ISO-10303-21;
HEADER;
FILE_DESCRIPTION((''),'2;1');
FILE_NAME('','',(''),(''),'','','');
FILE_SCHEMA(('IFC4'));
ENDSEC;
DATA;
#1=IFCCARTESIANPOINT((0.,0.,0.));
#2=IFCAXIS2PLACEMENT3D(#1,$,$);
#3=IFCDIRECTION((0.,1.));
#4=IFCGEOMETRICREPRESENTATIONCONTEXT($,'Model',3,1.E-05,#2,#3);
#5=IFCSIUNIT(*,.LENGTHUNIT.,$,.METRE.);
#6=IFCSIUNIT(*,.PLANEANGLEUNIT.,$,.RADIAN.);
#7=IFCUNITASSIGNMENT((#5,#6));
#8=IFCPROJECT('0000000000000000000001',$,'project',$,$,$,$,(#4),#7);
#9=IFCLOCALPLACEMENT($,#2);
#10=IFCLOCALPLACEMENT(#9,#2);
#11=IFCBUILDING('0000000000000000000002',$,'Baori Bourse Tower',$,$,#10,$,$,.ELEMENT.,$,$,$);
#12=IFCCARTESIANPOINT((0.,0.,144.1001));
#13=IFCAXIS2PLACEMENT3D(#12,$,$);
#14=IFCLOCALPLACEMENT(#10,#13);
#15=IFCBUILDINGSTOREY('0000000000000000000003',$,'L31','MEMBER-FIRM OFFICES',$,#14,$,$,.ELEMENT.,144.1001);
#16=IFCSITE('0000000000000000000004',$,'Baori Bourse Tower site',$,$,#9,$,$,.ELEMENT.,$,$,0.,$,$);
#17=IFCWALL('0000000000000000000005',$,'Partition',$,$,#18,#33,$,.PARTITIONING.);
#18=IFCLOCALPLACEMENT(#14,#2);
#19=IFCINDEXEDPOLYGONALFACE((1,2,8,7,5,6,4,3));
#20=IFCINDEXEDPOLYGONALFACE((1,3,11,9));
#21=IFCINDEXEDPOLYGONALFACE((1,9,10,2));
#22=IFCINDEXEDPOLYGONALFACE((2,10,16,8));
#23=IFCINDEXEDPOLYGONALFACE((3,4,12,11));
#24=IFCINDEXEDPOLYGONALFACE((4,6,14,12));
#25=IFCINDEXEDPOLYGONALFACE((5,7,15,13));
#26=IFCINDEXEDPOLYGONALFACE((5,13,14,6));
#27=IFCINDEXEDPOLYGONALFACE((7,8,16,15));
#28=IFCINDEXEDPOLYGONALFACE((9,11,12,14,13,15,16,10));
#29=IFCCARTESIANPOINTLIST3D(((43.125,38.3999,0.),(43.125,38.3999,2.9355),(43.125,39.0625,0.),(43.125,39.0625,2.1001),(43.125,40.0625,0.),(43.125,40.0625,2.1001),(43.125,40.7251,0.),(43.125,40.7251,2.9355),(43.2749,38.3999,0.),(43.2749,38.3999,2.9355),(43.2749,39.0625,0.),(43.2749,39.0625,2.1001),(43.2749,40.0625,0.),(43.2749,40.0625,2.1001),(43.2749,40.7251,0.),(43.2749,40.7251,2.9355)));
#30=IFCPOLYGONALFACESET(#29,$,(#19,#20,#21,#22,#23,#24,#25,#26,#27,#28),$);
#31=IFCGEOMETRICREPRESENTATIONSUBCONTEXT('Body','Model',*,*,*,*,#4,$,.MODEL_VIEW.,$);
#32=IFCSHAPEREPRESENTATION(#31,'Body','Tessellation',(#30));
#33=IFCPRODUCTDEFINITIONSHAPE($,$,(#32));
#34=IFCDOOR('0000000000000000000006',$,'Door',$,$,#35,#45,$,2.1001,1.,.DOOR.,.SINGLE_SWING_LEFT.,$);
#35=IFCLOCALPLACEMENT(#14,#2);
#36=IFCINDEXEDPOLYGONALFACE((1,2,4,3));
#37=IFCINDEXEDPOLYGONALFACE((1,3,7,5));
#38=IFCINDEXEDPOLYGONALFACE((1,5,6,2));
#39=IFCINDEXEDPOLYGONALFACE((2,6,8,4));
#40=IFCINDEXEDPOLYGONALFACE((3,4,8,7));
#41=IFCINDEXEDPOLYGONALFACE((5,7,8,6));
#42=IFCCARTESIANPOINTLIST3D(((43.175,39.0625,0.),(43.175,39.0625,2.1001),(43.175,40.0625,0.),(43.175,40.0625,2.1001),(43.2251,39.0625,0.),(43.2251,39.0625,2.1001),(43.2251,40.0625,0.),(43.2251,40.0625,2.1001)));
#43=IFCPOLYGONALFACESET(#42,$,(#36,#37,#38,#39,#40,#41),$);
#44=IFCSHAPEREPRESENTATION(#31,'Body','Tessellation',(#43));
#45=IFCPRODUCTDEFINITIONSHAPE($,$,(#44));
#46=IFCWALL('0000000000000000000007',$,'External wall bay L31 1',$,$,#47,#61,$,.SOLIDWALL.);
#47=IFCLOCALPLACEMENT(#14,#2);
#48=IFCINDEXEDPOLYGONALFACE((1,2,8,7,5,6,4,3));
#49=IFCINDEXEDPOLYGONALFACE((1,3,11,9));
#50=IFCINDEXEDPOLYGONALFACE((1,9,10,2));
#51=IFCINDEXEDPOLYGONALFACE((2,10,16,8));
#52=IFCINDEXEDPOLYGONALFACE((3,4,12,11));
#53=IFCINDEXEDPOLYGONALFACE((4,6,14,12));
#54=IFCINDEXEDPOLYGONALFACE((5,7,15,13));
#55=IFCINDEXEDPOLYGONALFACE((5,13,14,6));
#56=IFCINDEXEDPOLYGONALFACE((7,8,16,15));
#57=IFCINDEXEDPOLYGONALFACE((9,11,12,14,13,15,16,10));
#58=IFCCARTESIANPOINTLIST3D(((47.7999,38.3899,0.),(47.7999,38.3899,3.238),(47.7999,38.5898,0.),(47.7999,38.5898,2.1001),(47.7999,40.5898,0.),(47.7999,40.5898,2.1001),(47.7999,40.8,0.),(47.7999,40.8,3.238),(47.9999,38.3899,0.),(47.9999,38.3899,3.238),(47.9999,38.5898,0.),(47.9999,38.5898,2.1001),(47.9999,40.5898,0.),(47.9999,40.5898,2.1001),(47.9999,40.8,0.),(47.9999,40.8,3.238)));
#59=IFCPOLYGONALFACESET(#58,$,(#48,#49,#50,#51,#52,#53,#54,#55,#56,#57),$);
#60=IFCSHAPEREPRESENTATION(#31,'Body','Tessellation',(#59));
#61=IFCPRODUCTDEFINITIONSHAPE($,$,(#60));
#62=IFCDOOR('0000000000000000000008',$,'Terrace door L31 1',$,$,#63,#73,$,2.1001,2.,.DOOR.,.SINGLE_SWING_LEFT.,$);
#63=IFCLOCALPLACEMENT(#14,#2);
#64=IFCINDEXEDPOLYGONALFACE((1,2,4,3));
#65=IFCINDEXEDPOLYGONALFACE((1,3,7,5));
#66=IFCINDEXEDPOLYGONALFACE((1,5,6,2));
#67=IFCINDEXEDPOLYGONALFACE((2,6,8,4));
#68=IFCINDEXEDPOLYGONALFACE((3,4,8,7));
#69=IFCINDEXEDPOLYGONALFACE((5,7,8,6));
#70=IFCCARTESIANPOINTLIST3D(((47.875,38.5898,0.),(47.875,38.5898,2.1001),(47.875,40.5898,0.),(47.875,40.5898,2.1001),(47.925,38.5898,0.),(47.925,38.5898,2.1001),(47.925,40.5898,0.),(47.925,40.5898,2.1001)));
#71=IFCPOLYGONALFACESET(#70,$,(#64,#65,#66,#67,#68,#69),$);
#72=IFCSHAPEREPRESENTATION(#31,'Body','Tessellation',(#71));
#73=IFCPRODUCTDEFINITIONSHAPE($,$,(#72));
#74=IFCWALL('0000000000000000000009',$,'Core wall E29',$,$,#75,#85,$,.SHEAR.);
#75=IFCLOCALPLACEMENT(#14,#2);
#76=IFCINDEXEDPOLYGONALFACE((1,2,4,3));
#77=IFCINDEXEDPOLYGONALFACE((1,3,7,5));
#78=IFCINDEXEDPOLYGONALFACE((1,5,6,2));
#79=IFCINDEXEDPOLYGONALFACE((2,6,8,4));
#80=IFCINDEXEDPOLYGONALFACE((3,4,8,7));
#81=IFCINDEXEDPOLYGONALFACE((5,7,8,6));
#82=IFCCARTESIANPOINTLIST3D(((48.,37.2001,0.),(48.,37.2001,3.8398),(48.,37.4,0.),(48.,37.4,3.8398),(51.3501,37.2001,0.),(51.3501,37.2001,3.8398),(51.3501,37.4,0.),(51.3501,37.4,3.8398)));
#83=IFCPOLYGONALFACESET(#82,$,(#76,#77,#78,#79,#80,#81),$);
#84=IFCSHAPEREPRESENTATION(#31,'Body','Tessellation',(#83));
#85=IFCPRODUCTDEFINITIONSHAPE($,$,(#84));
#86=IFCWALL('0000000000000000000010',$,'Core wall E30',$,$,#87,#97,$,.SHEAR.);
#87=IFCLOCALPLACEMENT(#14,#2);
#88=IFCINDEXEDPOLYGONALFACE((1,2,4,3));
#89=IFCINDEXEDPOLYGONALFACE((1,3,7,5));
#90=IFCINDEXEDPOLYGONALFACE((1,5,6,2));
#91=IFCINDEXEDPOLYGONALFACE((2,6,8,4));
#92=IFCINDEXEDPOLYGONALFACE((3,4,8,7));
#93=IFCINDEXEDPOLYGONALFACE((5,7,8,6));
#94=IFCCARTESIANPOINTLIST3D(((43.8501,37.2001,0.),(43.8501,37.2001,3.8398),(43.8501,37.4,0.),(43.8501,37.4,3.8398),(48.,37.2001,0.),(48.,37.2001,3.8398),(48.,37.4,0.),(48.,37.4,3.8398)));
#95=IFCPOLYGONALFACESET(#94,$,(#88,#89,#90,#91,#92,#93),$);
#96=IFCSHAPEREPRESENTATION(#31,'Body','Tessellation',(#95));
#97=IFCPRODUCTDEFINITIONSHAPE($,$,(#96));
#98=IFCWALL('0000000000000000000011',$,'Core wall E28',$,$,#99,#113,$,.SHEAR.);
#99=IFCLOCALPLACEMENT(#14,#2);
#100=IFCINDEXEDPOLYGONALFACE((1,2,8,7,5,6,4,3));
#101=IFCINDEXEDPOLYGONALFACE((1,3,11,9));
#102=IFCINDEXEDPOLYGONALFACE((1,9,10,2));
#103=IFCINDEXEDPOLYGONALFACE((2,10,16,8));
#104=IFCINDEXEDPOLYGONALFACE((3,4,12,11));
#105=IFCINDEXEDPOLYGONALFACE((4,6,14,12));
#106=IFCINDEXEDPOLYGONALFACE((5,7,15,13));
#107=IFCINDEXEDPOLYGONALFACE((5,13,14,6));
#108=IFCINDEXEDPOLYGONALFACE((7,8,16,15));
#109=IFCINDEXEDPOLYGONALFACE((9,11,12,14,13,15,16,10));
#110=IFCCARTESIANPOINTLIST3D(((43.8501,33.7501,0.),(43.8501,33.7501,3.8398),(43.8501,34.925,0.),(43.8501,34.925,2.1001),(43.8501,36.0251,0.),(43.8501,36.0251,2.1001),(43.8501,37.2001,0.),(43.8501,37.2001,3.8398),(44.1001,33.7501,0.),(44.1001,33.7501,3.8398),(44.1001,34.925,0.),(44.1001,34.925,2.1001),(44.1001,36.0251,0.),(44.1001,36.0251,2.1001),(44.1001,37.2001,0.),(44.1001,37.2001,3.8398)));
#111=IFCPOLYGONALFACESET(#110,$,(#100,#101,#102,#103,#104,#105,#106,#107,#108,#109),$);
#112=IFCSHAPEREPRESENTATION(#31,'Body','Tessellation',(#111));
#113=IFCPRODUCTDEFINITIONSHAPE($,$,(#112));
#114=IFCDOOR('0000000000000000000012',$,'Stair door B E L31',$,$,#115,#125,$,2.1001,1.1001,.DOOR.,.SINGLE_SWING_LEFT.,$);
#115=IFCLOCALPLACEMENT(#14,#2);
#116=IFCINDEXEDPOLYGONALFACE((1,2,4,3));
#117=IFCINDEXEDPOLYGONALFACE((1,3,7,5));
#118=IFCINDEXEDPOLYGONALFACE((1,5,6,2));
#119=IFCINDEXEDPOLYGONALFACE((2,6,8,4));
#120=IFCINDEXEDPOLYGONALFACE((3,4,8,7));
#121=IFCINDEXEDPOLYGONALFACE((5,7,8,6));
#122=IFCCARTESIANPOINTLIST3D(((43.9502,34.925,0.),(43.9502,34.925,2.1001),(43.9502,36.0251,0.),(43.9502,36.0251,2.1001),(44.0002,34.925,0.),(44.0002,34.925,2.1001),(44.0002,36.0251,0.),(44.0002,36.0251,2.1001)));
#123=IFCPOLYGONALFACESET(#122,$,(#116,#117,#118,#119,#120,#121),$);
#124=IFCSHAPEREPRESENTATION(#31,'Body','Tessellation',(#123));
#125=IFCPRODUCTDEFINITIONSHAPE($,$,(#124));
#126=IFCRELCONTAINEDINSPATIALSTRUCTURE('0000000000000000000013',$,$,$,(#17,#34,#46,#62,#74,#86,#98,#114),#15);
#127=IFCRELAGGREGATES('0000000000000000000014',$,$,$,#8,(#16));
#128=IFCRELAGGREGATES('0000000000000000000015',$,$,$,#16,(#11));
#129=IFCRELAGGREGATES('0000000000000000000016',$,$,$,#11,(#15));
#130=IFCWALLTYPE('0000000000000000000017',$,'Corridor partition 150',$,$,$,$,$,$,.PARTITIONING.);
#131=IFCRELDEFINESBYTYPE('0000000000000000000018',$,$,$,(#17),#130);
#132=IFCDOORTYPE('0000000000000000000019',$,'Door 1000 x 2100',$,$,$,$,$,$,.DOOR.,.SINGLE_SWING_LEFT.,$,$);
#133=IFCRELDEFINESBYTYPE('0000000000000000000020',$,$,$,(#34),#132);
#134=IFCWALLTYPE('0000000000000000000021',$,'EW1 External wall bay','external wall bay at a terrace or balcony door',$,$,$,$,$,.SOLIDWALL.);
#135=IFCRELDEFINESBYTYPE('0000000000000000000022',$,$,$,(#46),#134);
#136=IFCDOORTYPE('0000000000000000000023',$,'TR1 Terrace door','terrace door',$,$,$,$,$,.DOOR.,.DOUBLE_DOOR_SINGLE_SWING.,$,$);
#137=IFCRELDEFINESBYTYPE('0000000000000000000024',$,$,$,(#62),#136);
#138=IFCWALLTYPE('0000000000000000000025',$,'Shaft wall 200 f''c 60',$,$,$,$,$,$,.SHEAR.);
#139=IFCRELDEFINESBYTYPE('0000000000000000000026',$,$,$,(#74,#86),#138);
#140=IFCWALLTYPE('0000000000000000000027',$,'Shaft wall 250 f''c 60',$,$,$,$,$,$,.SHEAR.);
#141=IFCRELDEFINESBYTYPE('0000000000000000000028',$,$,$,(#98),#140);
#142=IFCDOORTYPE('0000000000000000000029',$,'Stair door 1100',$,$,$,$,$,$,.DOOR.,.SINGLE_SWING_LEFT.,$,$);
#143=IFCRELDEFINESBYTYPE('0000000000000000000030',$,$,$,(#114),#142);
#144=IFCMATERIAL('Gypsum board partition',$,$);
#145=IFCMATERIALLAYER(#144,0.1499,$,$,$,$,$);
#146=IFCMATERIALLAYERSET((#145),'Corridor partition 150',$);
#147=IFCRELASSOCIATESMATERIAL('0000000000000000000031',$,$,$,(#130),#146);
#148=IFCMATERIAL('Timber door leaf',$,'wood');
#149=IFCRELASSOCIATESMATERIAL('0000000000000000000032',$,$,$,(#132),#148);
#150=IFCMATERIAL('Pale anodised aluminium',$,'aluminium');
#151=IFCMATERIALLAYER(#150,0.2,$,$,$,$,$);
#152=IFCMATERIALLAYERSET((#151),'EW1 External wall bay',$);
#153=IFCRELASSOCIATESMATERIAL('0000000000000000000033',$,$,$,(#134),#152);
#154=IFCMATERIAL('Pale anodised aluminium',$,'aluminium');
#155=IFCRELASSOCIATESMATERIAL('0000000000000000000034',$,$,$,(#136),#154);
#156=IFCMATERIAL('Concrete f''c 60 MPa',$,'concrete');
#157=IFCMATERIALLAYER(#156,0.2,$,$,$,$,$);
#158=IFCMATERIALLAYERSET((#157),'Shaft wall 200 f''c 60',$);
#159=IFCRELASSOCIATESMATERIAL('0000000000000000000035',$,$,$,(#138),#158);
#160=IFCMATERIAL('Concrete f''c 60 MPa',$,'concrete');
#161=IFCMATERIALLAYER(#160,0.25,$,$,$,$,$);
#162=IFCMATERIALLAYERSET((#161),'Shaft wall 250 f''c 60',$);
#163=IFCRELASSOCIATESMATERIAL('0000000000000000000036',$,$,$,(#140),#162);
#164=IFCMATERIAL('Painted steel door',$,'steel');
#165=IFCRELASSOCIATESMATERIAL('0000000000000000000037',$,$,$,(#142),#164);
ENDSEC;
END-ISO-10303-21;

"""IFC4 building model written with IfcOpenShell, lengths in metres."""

from ifc_helpers import new_model, si_unit, direction, frame, frame_2d, origin, place, context, subcontext, project, spatial, rectangle, extrude, material, layer, layer_set, type_object, element, fill, save


model = new_model("IFC4")

# Units and contexts
model_context = context("Model", 3, precision=1e-05, world=origin(), true_north=direction((0.0, 1.0)))
body_context = subcontext(model_context, "Body", "Model", "MODEL_VIEW")
ifc_project = project(units=[si_unit("LENGTHUNIT", "METRE"), si_unit("PLANEANGLEUNIT", "RADIAN")], contexts=[model_context])

# Site, building, storey
site_placement = place(None, origin())
site = spatial("IfcSite", under=ifc_project, at=site_placement, Name="Baori Bourse Tower site", CompositionType="ELEMENT", RefElevation=0.0)
building_placement = place(site_placement, origin())
building = spatial("IfcBuilding", under=site, at=building_placement, Name="Baori Bourse Tower", CompositionType="ELEMENT")
storey_placement = place(building_placement, frame((0.0, 0.0, 144.1001)))
storey = spatial("IfcBuildingStorey", under=building, at=storey_placement, Name="L31", Description="MEMBER-FIRM OFFICES", CompositionType="ELEMENT", Elevation=144.1001)

# Walls, openings, doors
ifc_material_1 = material(Name="Gypsum board partition")
ifc_layer_1 = layer(ifc_material_1, 0.1499)
ifc_layer_set_1 = layer_set([ifc_layer_1], Name="Corridor partition 150")
wall_type_1 = type_object("IfcWallType", Name="Corridor partition 150", PredefinedType="PARTITIONING", material=ifc_layer_set_1)
wall_1_placement = place(storey_placement, frame((43.2, 38.3999, 0.0), z_axis=(0.0, 0.0, 1.0), x_axis=(0.0, 1.0, 0.0)))
wall_1 = element("IfcWall", 1, at=wall_1_placement, inside=storey, type_object=wall_type_1, Name="Partition", PredefinedType="PARTITIONING", context=body_context, shape_type="SweptSolid", body=[
    extrude(rectangle(XDim=2.3252, YDim=0.1499, at=frame_2d((1.1626, 0.0))), origin(), (0.0, 0.0, 1.0), 2.9355),
])
opening_1_placement = place(wall_1_placement, frame((0.6626, 0.0, 0.0)))
opening_1 = element("IfcOpeningElement", 2, at=opening_1_placement, cuts=wall_1, PredefinedType="OPENING", context=body_context, shape_type="SweptSolid", body=[
    extrude(rectangle(XDim=1.0, YDim=2.1001, at=frame_2d((0.5, 1.05))), frame((0.0, 0.085, 0.0), z_axis=(0.0, -1.0, 0.0), x_axis=(1.0, 0.0, 0.0)), (0.0, 0.0, 1.0), 0.1699),
])
ifc_material_2 = material(Name="Timber door leaf", Category="wood")
door_type_1 = type_object("IfcDoorType", Name="Door 1000 x 2100", OperationType="SINGLE_SWING_LEFT", PredefinedType="DOOR", material=ifc_material_2)
door_1_placement = place(opening_1_placement, origin())
door_1 = element("IfcDoor", 3, at=door_1_placement, inside=storey, type_object=door_type_1, Name="Door", OperationType="SINGLE_SWING_LEFT", OverallHeight=2.1001, OverallWidth=1.0, PredefinedType="DOOR", context=body_context, shape_type="SweptSolid", body=[
    extrude(rectangle(XDim=1.0, YDim=2.1001, at=frame_2d((0.5, 1.05))), frame((0.0, 0.0249, 0.0), z_axis=(0.0, -1.0, 0.0), x_axis=(1.0, 0.0, 0.0)), (0.0, 0.0, 1.0), 0.05),
])
fill(opening_1, door_1)
ifc_material_3 = material(Name="Pale anodised aluminium", Category="aluminium")
ifc_layer_2 = layer(ifc_material_3, 0.2)
ifc_layer_set_2 = layer_set([ifc_layer_2], Name="EW1 External wall bay")
wall_type_2 = type_object("IfcWallType", Name="EW1 External wall bay", Description="external wall bay at a terrace or balcony door", PredefinedType="SOLIDWALL", material=ifc_layer_set_2)
wall_2_placement = place(storey_placement, frame((47.8999, 38.3899, 0.0), z_axis=(0.0, 0.0, 1.0), x_axis=(0.0, 1.0, 0.0)))
wall_2 = element("IfcWall", 4, at=wall_2_placement, inside=storey, type_object=wall_type_2, Name="External wall bay L31 1", PredefinedType="SOLIDWALL", context=body_context, shape_type="SweptSolid", body=[
    extrude(rectangle(XDim=2.4102, YDim=0.2, at=frame_2d((1.2051, 0.0))), origin(), (0.0, 0.0, 1.0), 3.238),
])
opening_2_placement = place(wall_2_placement, frame((0.2, 0.0, 0.0)))
opening_2 = element("IfcOpeningElement", 5, at=opening_2_placement, cuts=wall_2, PredefinedType="OPENING", context=body_context, shape_type="SweptSolid", body=[
    extrude(rectangle(XDim=2.0, YDim=2.1001, at=frame_2d((1.0, 1.05))), frame((0.0, 0.1099, 0.0), z_axis=(0.0, -1.0, 0.0), x_axis=(1.0, 0.0, 0.0)), (0.0, 0.0, 1.0), 0.22),
])
ifc_material_4 = material(Name="Pale anodised aluminium", Category="aluminium")
door_type_2 = type_object("IfcDoorType", Name="TR1 Terrace door", Description="terrace door", OperationType="DOUBLE_DOOR_SINGLE_SWING", PredefinedType="DOOR", material=ifc_material_4)
door_2_placement = place(opening_2_placement, origin())
door_2 = element("IfcDoor", 6, at=door_2_placement, inside=storey, type_object=door_type_2, Name="Terrace door L31 1", OperationType="SINGLE_SWING_LEFT", OverallHeight=2.1001, OverallWidth=2.0, PredefinedType="DOOR", context=body_context, shape_type="SweptSolid", body=[
    extrude(rectangle(XDim=2.0, YDim=2.1001, at=frame_2d((1.0, 1.05))), frame((0.0, 0.0249, 0.0), z_axis=(0.0, -1.0, 0.0), x_axis=(1.0, 0.0, 0.0)), (0.0, 0.0, 1.0), 0.05),
])
fill(opening_2, door_2)

# Walls
ifc_material_5 = material(Name="Concrete f'c 60 MPa", Category="concrete")
ifc_layer_3 = layer(ifc_material_5, 0.2)
ifc_layer_set_3 = layer_set([ifc_layer_3], Name="Shaft wall 200 f'c 60")
wall_type_3 = type_object("IfcWallType", Name="Shaft wall 200 f'c 60", PredefinedType="SHEAR", material=ifc_layer_set_3)
wall_3_placement = place(storey_placement, frame((48.0, 37.3, 0.0), z_axis=(0.0, 0.0, 1.0), x_axis=(1.0, 0.0, 0.0)))
element("IfcWall", 7, at=wall_3_placement, inside=storey, type_object=wall_type_3, Name="Core wall E29", PredefinedType="SHEAR", context=body_context, shape_type="SweptSolid", body=[
    extrude(rectangle(XDim=3.3501, YDim=0.2, at=frame_2d((1.675, 0.0))), origin(), (0.0, 0.0, 1.0), 3.8398),
])
wall_4_placement = place(storey_placement, frame((43.8501, 37.3, 0.0), z_axis=(0.0, 0.0, 1.0), x_axis=(1.0, 0.0, 0.0)))
element("IfcWall", 8, at=wall_4_placement, inside=storey, type_object=wall_type_3, Name="Core wall E30", PredefinedType="SHEAR", context=body_context, shape_type="SweptSolid", body=[
    extrude(rectangle(XDim=4.1499, YDim=0.2, at=frame_2d((2.075, 0.0))), origin(), (0.0, 0.0, 1.0), 3.8398),
])

# Wall, opening, door
ifc_material_6 = material(Name="Concrete f'c 60 MPa", Category="concrete")
ifc_layer_4 = layer(ifc_material_6, 0.25)
ifc_layer_set_4 = layer_set([ifc_layer_4], Name="Shaft wall 250 f'c 60")
wall_type_4 = type_object("IfcWallType", Name="Shaft wall 250 f'c 60", PredefinedType="SHEAR", material=ifc_layer_set_4)
wall_5_placement = place(storey_placement, frame((43.9751, 33.75, 0.0), z_axis=(0.0, 0.0, 1.0), x_axis=(0.0, 1.0, 0.0)))
wall_5 = element("IfcWall", 9, at=wall_5_placement, inside=storey, type_object=wall_type_4, Name="Core wall E28", PredefinedType="SHEAR", context=body_context, shape_type="SweptSolid", body=[
    extrude(rectangle(XDim=3.45, YDim=0.25, at=frame_2d((1.7251, 0.0))), origin(), (0.0, 0.0, 1.0), 3.8398),
])
opening_3_placement = place(wall_5_placement, frame((1.175, 0.0, 0.0)))
opening_3 = element("IfcOpeningElement", 10, at=opening_3_placement, cuts=wall_5, PredefinedType="OPENING", context=body_context, shape_type="SweptSolid", body=[
    extrude(rectangle(XDim=1.1001, YDim=2.1001, at=frame_2d((0.55, 1.05))), frame((0.0, 0.135, 0.0), z_axis=(0.0, -1.0, 0.0), x_axis=(1.0, 0.0, 0.0)), (0.0, 0.0, 1.0), 0.27),
])
ifc_material_7 = material(Name="Painted steel door", Category="steel")
door_type_3 = type_object("IfcDoorType", Name="Stair door 1100", OperationType="SINGLE_SWING_LEFT", PredefinedType="DOOR", material=ifc_material_7)
door_3_placement = place(opening_3_placement, origin())
door_3 = element("IfcDoor", 11, at=door_3_placement, inside=storey, type_object=door_type_3, Name="Stair door B E L31", OperationType="SINGLE_SWING_LEFT", OverallHeight=2.1001, OverallWidth=1.1001, PredefinedType="DOOR", context=body_context, shape_type="SweptSolid", body=[
    extrude(rectangle(XDim=1.1001, YDim=2.1001, at=frame_2d((0.55, 1.05))), frame((0.0, 0.0249, 0.0), z_axis=(0.0, -1.0, 0.0), x_axis=(1.0, 0.0, 0.0)), (0.0, 0.0, 1.0), 0.05),
])
fill(opening_3, door_3)

save(model, "model.ifc")
